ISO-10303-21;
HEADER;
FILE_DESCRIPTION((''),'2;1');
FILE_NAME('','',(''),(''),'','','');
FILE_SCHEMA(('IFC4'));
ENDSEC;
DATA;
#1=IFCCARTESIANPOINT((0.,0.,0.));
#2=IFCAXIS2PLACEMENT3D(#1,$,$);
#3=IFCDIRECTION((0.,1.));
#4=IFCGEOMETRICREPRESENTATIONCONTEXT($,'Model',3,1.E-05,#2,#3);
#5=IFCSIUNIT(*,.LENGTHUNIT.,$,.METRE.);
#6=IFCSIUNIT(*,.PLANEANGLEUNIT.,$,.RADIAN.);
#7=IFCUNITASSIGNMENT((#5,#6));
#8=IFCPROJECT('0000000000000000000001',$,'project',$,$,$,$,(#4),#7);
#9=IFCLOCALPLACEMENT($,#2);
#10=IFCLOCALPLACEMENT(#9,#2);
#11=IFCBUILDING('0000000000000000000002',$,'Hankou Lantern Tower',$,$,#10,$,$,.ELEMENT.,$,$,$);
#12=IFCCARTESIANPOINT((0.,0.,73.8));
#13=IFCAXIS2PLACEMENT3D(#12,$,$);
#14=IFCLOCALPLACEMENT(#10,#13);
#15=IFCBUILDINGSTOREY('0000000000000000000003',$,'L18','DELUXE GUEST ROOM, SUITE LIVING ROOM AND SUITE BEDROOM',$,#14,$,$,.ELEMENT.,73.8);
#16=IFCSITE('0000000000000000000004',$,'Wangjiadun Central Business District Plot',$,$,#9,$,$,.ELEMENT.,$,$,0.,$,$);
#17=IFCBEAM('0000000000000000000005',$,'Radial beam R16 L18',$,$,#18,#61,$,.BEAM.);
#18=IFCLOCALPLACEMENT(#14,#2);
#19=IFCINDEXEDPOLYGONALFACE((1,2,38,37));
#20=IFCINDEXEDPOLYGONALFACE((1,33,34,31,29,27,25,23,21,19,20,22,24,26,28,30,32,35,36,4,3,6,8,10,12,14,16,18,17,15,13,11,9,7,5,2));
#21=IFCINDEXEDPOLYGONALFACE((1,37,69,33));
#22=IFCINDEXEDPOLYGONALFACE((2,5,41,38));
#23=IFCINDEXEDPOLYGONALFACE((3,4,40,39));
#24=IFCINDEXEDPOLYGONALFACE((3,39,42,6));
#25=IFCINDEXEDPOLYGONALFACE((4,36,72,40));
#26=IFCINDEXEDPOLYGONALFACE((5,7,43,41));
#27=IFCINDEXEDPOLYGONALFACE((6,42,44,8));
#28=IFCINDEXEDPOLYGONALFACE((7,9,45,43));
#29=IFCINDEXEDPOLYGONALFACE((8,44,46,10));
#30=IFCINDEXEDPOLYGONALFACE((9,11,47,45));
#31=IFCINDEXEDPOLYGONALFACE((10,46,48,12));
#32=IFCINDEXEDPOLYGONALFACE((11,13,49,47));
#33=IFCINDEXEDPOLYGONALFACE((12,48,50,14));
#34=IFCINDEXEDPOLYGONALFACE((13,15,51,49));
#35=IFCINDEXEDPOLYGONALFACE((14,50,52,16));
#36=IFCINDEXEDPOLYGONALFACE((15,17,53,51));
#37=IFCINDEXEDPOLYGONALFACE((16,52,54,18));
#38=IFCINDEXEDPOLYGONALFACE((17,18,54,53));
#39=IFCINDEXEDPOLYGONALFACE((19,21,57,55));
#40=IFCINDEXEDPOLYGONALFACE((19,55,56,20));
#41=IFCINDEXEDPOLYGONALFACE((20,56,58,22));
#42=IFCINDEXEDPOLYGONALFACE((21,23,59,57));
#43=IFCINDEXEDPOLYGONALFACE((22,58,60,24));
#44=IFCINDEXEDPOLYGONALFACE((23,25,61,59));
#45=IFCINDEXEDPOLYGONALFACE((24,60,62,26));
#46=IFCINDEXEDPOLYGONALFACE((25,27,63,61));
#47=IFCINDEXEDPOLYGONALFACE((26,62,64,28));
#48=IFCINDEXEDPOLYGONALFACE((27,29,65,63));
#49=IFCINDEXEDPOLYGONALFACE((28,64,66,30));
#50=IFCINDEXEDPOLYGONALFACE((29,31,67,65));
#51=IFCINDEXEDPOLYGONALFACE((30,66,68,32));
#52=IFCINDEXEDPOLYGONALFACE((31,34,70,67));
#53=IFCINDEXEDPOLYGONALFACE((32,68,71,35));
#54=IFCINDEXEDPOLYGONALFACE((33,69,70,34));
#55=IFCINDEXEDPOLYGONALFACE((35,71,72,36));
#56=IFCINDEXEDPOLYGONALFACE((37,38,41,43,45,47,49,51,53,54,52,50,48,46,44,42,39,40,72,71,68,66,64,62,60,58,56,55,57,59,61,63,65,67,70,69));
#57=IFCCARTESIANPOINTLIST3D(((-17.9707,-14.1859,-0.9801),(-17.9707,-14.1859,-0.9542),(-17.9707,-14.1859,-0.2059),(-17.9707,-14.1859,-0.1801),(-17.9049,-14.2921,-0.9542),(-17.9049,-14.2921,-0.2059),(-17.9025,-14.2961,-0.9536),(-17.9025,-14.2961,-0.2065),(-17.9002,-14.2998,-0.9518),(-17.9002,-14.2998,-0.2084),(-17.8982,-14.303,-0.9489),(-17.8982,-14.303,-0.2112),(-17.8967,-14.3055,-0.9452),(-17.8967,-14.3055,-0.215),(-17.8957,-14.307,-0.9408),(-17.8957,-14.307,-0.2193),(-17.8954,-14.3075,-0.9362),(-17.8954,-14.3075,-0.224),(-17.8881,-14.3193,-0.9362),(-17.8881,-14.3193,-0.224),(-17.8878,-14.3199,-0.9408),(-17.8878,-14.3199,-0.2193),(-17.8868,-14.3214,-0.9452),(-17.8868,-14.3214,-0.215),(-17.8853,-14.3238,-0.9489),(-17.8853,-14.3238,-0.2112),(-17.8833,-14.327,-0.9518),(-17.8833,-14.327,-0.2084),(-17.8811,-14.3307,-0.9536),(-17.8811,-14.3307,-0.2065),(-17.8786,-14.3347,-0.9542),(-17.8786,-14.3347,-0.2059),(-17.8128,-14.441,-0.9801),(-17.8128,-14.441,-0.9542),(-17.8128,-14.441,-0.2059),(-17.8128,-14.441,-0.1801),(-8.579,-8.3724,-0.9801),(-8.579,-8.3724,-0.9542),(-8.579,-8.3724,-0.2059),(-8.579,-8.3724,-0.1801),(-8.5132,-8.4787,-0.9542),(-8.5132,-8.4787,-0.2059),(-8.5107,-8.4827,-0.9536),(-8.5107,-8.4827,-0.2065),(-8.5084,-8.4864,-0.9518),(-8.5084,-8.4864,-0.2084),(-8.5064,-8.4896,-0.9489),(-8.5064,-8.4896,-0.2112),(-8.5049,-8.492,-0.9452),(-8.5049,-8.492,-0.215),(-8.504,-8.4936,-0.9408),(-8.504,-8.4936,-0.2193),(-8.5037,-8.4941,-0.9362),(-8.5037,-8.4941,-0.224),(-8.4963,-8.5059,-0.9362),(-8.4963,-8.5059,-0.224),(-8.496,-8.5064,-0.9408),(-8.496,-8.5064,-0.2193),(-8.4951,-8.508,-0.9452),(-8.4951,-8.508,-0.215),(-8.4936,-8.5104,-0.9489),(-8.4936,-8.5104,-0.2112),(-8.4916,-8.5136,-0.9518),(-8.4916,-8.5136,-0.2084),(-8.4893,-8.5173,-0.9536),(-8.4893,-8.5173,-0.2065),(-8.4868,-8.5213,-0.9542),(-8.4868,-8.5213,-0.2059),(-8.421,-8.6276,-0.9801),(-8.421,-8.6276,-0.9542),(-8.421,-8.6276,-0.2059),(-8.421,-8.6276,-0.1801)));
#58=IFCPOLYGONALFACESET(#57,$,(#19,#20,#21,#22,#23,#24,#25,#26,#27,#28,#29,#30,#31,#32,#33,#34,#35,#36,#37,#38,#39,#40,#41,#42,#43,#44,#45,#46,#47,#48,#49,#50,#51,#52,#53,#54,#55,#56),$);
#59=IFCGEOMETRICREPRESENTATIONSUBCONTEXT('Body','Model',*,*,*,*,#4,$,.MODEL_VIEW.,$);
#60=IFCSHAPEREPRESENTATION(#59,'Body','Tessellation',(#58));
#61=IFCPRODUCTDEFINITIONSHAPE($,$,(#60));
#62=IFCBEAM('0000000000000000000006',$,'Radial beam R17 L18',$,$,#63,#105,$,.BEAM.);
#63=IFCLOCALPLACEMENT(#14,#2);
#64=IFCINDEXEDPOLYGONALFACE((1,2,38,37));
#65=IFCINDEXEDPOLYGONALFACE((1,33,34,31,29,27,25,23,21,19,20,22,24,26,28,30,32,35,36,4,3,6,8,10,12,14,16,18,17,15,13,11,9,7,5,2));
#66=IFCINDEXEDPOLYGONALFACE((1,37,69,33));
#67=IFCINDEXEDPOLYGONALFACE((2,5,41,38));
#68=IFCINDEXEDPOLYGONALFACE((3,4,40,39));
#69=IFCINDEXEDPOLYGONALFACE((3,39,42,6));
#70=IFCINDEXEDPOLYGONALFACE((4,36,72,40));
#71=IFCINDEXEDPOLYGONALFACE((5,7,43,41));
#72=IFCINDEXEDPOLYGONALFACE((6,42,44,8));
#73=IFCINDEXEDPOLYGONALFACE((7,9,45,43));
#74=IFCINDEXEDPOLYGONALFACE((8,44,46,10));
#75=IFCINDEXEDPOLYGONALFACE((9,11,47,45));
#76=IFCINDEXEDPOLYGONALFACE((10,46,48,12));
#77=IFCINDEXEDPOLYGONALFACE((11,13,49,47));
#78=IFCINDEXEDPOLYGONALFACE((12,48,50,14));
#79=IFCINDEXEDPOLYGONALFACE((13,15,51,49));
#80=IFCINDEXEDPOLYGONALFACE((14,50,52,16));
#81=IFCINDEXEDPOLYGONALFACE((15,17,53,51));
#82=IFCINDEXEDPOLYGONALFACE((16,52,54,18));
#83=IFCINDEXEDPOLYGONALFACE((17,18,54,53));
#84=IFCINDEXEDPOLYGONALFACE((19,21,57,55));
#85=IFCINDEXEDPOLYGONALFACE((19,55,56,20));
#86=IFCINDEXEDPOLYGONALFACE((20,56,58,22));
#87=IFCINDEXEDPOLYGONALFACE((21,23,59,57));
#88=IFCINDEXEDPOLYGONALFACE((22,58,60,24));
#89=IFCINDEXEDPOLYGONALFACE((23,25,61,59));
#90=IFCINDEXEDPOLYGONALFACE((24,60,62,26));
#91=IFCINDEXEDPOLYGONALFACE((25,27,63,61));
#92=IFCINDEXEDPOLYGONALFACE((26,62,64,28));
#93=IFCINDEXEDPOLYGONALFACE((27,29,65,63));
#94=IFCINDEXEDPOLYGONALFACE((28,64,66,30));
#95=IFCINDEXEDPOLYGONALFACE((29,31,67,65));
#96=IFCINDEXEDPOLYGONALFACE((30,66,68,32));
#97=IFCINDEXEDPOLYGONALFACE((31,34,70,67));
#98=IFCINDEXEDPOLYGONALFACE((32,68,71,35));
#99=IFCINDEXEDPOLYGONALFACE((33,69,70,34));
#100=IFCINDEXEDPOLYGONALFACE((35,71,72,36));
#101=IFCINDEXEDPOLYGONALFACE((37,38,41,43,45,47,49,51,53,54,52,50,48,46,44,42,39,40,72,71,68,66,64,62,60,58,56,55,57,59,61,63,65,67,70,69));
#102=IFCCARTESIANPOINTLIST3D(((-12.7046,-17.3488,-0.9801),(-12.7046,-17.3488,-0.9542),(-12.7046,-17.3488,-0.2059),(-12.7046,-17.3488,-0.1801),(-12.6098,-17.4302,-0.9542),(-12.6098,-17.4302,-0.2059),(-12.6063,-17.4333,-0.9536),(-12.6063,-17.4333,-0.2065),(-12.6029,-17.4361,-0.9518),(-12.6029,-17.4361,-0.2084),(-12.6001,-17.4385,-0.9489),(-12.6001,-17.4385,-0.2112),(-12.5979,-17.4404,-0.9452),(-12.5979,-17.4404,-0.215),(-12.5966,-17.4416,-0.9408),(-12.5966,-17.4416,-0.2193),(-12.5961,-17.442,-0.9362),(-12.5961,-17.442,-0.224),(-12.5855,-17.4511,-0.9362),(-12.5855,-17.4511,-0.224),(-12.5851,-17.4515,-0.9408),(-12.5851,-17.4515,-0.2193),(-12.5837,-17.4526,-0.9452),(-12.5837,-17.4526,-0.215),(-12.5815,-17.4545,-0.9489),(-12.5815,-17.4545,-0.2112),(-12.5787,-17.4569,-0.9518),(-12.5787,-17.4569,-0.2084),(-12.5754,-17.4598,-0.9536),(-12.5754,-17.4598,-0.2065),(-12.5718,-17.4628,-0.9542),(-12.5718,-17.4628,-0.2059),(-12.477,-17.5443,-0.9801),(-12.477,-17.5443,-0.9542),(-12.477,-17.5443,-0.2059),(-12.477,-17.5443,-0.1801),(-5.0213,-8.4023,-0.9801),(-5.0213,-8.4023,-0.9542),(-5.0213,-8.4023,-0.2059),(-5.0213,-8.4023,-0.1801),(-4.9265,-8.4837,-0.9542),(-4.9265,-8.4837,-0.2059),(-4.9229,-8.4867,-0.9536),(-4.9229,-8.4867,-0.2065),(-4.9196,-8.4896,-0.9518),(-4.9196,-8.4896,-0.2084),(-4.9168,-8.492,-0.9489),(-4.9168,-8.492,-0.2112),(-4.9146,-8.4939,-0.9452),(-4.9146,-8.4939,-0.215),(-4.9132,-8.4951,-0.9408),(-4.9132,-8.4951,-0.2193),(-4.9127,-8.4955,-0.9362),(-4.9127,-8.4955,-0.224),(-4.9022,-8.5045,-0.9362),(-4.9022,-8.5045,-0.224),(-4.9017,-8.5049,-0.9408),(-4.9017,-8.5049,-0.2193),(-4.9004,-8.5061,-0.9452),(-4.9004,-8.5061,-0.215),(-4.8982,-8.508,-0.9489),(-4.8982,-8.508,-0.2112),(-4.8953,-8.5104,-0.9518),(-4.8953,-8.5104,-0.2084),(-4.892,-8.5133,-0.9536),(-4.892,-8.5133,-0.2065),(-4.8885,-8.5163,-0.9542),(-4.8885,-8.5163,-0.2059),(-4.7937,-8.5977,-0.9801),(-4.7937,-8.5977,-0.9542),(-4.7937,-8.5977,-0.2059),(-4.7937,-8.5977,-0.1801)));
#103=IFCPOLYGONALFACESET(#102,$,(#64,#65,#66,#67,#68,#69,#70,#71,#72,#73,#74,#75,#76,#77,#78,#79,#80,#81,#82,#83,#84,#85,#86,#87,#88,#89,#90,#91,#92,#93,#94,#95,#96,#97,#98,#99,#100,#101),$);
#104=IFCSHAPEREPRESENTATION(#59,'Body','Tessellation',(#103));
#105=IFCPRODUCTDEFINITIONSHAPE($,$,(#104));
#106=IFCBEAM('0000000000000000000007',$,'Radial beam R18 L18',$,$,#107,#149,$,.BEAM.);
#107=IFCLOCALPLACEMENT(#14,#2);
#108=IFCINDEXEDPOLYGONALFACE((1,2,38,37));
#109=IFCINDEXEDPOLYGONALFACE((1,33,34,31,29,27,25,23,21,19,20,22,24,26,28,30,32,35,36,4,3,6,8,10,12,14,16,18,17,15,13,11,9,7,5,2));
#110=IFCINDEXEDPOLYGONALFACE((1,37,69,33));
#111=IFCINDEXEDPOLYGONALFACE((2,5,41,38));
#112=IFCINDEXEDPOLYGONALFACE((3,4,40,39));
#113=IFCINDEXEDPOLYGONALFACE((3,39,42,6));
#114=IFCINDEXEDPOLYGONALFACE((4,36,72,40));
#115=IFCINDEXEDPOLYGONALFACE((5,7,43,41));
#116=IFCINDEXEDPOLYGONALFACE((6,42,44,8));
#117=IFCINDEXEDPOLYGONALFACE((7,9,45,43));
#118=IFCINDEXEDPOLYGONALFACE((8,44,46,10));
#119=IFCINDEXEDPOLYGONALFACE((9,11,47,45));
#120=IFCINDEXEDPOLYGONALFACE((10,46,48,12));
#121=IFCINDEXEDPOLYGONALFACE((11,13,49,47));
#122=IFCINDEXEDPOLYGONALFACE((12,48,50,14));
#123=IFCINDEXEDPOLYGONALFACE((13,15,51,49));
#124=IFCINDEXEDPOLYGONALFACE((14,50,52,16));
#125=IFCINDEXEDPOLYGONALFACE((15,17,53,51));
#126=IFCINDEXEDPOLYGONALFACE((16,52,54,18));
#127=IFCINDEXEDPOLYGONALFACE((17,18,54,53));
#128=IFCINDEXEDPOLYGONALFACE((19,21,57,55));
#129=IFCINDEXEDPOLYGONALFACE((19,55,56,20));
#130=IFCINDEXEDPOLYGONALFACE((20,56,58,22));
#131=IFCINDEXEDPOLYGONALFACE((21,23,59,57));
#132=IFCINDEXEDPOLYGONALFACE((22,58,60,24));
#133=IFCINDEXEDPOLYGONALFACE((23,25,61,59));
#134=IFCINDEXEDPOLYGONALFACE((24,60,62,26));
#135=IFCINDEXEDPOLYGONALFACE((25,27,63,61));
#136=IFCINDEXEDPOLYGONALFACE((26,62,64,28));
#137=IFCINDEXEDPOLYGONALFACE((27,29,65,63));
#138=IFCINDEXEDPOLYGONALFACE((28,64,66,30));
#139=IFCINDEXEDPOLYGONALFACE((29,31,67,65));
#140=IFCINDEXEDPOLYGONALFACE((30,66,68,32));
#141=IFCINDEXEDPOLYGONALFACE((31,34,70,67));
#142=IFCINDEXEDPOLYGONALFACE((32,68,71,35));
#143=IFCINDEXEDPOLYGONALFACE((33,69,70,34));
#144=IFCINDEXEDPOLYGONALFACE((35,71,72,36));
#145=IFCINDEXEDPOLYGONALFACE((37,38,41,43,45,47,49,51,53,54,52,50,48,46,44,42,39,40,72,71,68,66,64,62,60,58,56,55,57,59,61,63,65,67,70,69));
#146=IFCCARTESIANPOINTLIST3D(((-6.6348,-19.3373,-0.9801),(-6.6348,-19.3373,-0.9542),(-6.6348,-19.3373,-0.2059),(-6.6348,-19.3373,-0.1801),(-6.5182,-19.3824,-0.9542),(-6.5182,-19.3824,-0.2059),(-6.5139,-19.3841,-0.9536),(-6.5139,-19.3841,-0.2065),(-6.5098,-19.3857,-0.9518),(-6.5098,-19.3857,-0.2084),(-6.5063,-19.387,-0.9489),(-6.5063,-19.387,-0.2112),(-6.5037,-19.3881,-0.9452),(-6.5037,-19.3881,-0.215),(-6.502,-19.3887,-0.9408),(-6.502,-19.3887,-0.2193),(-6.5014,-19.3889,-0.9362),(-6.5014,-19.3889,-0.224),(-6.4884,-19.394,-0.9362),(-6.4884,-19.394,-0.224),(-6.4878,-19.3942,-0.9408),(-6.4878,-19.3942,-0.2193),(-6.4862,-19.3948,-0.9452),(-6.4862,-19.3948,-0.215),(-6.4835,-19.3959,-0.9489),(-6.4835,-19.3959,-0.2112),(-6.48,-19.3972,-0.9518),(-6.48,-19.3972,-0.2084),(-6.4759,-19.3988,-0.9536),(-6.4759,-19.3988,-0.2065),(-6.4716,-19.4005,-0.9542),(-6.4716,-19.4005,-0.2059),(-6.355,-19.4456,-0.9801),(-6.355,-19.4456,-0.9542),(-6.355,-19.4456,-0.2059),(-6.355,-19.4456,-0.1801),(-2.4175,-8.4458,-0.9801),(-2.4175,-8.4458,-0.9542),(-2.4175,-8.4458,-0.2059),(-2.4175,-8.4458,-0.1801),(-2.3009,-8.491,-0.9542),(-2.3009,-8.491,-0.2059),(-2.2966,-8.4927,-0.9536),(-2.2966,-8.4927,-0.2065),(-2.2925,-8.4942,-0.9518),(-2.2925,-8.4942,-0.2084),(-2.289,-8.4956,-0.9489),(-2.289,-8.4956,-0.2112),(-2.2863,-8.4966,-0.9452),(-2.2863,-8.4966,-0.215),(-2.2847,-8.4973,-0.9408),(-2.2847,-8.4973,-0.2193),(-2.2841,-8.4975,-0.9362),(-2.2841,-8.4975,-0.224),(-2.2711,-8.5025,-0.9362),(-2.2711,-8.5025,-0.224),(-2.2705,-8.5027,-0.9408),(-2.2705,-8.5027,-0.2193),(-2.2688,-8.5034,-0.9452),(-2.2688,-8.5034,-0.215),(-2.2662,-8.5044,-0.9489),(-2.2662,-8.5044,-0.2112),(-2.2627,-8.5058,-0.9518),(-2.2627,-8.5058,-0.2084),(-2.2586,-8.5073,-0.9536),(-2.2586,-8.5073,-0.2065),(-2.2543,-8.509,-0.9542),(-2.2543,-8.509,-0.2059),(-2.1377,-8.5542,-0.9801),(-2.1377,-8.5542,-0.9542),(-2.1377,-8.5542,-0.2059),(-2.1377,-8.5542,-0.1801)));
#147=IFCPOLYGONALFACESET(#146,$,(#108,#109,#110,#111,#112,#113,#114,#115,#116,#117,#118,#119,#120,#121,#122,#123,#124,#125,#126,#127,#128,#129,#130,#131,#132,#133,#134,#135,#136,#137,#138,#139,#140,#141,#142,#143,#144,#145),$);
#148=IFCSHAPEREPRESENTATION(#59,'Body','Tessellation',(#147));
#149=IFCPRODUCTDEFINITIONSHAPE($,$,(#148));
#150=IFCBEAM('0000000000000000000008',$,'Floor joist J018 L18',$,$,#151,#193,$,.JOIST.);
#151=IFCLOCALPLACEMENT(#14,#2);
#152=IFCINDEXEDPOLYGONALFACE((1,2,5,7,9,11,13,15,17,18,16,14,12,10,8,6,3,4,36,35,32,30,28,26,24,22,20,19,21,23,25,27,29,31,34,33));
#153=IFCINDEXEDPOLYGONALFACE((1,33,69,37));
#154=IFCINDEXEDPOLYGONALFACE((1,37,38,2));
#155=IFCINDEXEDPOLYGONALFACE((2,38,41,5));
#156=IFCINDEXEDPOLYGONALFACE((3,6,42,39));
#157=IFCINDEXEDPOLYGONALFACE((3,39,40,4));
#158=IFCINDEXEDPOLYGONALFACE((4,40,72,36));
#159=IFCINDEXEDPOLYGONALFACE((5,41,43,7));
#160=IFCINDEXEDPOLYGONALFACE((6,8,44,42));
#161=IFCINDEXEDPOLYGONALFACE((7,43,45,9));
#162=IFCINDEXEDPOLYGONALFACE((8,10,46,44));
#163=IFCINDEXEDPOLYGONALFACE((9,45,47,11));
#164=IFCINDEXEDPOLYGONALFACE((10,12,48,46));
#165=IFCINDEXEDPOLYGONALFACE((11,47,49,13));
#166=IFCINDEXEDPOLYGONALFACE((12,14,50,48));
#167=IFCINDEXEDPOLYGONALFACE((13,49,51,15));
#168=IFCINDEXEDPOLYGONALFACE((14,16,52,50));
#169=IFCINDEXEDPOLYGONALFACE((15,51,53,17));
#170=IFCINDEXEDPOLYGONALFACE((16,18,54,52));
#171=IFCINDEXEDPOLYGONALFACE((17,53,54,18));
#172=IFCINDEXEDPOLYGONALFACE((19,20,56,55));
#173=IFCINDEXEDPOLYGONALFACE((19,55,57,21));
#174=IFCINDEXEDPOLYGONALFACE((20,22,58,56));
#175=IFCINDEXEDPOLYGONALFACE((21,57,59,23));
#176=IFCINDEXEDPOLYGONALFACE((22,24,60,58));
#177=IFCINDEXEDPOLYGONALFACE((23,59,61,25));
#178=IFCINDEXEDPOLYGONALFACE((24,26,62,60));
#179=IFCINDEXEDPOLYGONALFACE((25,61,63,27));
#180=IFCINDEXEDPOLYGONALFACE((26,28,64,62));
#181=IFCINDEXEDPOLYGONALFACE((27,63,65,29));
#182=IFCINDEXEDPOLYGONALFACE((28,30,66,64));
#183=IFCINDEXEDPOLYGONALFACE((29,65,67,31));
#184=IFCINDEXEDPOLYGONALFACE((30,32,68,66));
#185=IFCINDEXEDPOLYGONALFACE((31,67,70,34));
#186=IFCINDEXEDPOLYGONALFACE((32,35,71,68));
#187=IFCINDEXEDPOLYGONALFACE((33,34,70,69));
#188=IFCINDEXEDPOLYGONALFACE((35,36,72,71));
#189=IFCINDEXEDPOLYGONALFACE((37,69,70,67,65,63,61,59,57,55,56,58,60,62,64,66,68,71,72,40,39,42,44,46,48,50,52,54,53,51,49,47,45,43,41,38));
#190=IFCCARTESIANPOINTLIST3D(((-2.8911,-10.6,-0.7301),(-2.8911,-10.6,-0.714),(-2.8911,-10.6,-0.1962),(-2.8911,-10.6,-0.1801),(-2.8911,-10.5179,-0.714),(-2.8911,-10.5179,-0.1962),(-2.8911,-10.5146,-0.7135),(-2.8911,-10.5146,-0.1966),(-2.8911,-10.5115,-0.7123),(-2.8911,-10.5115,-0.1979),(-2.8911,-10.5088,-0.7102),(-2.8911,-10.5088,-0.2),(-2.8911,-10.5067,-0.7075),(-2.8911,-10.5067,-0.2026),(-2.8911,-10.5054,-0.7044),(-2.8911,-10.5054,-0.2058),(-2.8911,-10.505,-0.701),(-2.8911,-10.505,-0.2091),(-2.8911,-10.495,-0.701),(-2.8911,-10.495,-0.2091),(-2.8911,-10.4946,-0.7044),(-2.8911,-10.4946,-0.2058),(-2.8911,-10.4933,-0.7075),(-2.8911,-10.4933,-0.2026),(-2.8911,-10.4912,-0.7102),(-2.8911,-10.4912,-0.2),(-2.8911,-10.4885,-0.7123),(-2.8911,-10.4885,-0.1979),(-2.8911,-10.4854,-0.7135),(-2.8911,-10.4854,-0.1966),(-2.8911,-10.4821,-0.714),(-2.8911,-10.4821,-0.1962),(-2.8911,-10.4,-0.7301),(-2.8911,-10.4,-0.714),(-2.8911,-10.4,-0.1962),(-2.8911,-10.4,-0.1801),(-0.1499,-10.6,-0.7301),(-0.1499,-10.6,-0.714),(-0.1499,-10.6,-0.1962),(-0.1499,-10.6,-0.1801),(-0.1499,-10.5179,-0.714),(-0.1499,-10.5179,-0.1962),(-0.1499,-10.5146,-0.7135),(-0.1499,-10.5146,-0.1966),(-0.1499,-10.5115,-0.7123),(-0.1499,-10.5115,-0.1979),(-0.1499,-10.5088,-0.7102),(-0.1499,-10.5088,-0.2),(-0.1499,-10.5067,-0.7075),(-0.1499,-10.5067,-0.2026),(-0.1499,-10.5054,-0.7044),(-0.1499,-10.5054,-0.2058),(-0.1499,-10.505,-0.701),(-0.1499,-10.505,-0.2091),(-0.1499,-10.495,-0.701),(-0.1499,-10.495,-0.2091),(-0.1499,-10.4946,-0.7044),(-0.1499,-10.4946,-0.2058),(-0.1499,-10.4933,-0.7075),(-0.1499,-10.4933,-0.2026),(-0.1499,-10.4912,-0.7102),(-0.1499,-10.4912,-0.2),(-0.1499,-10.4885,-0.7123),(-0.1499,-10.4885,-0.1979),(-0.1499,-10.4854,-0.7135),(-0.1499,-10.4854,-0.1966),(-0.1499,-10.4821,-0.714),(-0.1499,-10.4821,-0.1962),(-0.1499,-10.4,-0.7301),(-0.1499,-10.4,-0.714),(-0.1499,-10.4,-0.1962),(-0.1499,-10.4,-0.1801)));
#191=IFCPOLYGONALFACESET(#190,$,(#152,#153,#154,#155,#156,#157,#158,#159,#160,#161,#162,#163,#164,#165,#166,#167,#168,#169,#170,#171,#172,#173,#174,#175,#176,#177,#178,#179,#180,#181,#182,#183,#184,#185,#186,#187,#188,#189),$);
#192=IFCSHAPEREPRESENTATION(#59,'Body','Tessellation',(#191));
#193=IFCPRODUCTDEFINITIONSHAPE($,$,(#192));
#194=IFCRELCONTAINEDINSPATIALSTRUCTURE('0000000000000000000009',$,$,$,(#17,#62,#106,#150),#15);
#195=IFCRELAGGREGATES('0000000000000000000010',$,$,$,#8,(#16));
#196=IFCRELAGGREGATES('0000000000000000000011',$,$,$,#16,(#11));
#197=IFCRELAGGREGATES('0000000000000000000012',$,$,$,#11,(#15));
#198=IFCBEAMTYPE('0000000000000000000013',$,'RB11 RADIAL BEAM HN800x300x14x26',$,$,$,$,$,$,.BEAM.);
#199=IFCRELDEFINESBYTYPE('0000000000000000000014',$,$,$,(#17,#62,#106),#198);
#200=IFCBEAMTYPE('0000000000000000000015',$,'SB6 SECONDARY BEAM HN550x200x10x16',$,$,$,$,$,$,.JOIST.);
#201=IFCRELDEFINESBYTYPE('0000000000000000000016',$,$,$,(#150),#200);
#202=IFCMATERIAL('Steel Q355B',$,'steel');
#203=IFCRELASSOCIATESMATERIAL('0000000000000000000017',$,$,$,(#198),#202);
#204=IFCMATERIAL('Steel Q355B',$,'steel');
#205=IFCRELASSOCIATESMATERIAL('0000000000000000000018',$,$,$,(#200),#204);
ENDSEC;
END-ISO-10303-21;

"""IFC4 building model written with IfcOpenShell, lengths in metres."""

from ifc_helpers import new_model, si_unit, direction, frame, origin, origin_2d, place, context, subcontext, project, spatial, i_section, extrude, material, material_profile, profile_set, type_object, element, save


model = new_model("IFC4")

# Units and contexts
model_context = context("Model", 3, precision=1e-05, world=origin(), true_north=direction((0.0, 1.0)))
body_context = subcontext(model_context, "Body", "Model", "MODEL_VIEW")
ifc_project = project(units=[si_unit("LENGTHUNIT", "METRE"), si_unit("PLANEANGLEUNIT", "RADIAN")], contexts=[model_context])

# Site, building, storey
site_placement = place(None, origin())
site = spatial("IfcSite", under=ifc_project, at=site_placement, Name="Wangjiadun Central Business District Plot", CompositionType="ELEMENT", RefElevation=0.0)
building_placement = place(site_placement, origin())
building = spatial("IfcBuilding", under=site, at=building_placement, Name="Hankou Lantern Tower", CompositionType="ELEMENT")
storey_placement = place(building_placement, frame((0.0, 0.0, 73.8)))
storey = spatial("IfcBuildingStorey", under=building, at=storey_placement, Name="L18", Description="DELUXE GUEST ROOM, SUITE LIVING ROOM AND SUITE BEDROOM", CompositionType="ELEMENT", Elevation=73.8)

# Beams
ifc_material_1 = material(Name="Steel Q355B", Category="steel")
ifc_material_profile_1 = material_profile(ifc_material_1, i_section(OverallWidth=0.3, OverallDepth=0.8, WebThickness=0.0139, FlangeThickness=0.0259, FilletRadius=0.0181, at=origin_2d()), Name="HN800x300x14x26")
ifc_profile_set_1 = profile_set([ifc_material_profile_1], Name="Steel Q355B")
beam_type_1 = type_object("IfcBeamType", Name="RB11 RADIAL BEAM HN800x300x14x26", PredefinedType="BEAM", material=ifc_profile_set_1)
beam_1_placement = place(storey_placement, frame((-8.5, -8.5, -0.5801), z_axis=(-0.850286, -0.52632, 0.0), x_axis=(0.52632, -0.850286, 0.0)))
element("IfcBeam", 1, at=beam_1_placement, inside=storey, type_object=beam_type_1, Name="Radial beam R16 L18", PredefinedType="BEAM", context=body_context, shape_type="SweptSolid", body=[
    extrude(i_section(OverallWidth=0.3, OverallDepth=0.8, WebThickness=0.0139, FlangeThickness=0.0259, FilletRadius=0.0181, at=origin_2d()), origin(), (0.0, 0.0, 1.0), 11.0454),
])
beam_2_placement = place(storey_placement, frame((-4.9075, -8.5, -0.5801), z_axis=(-0.651519, -0.758632, 0.0), x_axis=(0.758632, -0.651519, 0.0)))
element("IfcBeam", 2, at=beam_2_placement, inside=storey, type_object=beam_type_1, Name="Radial beam R17 L18", PredefinedType="BEAM", context=body_context, shape_type="SweptSolid", body=[
    extrude(i_section(OverallWidth=0.3, OverallDepth=0.8, WebThickness=0.0139, FlangeThickness=0.0259, FilletRadius=0.0181, at=origin_2d()), origin(), (0.0, 0.0, 1.0), 11.793),
])
beam_3_placement = place(storey_placement, frame((-2.2776, -8.5, -0.5801), z_axis=(-0.361089, -0.932531, 0.0), x_axis=(0.932531, -0.361089, 0.0)))
element("IfcBeam", 3, at=beam_3_placement, inside=storey, type_object=beam_type_1, Name="Radial beam R18 L18", PredefinedType="BEAM", context=body_context, shape_type="SweptSolid", body=[
    extrude(i_section(OverallWidth=0.3, OverallDepth=0.8, WebThickness=0.0139, FlangeThickness=0.0259, FilletRadius=0.0181, at=origin_2d()), origin(), (0.0, 0.0, 1.0), 11.6794),
])
ifc_material_2 = material(Name="Steel Q355B", Category="steel")
ifc_material_profile_2 = material_profile(ifc_material_2, i_section(OverallWidth=0.2, OverallDepth=0.55, WebThickness=0.01, FlangeThickness=0.0161, FilletRadius=0.0129, at=origin_2d()), Name="HN550x200x10x16")
ifc_profile_set_2 = profile_set([ifc_material_profile_2], Name="Steel Q355B")
beam_type_2 = type_object("IfcBeamType", Name="SB6 SECONDARY BEAM HN550x200x10x16", PredefinedType="JOIST", material=ifc_profile_set_2)
beam_4_placement = place(storey_placement, frame((-2.8911, -10.5, -0.4551), z_axis=(1.0, 0.0, 0.0), x_axis=(0.0, 1.0, 0.0)))
element("IfcBeam", 4, at=beam_4_placement, inside=storey, type_object=beam_type_2, Name="Floor joist J018 L18", PredefinedType="JOIST", context=body_context, shape_type="SweptSolid", body=[
    extrude(i_section(OverallWidth=0.2, OverallDepth=0.55, WebThickness=0.01, FlangeThickness=0.0161, FilletRadius=0.0129, at=origin_2d()), origin(), (0.0, 0.0, 1.0), 2.7412),
])

save(model, "model.ifc")
